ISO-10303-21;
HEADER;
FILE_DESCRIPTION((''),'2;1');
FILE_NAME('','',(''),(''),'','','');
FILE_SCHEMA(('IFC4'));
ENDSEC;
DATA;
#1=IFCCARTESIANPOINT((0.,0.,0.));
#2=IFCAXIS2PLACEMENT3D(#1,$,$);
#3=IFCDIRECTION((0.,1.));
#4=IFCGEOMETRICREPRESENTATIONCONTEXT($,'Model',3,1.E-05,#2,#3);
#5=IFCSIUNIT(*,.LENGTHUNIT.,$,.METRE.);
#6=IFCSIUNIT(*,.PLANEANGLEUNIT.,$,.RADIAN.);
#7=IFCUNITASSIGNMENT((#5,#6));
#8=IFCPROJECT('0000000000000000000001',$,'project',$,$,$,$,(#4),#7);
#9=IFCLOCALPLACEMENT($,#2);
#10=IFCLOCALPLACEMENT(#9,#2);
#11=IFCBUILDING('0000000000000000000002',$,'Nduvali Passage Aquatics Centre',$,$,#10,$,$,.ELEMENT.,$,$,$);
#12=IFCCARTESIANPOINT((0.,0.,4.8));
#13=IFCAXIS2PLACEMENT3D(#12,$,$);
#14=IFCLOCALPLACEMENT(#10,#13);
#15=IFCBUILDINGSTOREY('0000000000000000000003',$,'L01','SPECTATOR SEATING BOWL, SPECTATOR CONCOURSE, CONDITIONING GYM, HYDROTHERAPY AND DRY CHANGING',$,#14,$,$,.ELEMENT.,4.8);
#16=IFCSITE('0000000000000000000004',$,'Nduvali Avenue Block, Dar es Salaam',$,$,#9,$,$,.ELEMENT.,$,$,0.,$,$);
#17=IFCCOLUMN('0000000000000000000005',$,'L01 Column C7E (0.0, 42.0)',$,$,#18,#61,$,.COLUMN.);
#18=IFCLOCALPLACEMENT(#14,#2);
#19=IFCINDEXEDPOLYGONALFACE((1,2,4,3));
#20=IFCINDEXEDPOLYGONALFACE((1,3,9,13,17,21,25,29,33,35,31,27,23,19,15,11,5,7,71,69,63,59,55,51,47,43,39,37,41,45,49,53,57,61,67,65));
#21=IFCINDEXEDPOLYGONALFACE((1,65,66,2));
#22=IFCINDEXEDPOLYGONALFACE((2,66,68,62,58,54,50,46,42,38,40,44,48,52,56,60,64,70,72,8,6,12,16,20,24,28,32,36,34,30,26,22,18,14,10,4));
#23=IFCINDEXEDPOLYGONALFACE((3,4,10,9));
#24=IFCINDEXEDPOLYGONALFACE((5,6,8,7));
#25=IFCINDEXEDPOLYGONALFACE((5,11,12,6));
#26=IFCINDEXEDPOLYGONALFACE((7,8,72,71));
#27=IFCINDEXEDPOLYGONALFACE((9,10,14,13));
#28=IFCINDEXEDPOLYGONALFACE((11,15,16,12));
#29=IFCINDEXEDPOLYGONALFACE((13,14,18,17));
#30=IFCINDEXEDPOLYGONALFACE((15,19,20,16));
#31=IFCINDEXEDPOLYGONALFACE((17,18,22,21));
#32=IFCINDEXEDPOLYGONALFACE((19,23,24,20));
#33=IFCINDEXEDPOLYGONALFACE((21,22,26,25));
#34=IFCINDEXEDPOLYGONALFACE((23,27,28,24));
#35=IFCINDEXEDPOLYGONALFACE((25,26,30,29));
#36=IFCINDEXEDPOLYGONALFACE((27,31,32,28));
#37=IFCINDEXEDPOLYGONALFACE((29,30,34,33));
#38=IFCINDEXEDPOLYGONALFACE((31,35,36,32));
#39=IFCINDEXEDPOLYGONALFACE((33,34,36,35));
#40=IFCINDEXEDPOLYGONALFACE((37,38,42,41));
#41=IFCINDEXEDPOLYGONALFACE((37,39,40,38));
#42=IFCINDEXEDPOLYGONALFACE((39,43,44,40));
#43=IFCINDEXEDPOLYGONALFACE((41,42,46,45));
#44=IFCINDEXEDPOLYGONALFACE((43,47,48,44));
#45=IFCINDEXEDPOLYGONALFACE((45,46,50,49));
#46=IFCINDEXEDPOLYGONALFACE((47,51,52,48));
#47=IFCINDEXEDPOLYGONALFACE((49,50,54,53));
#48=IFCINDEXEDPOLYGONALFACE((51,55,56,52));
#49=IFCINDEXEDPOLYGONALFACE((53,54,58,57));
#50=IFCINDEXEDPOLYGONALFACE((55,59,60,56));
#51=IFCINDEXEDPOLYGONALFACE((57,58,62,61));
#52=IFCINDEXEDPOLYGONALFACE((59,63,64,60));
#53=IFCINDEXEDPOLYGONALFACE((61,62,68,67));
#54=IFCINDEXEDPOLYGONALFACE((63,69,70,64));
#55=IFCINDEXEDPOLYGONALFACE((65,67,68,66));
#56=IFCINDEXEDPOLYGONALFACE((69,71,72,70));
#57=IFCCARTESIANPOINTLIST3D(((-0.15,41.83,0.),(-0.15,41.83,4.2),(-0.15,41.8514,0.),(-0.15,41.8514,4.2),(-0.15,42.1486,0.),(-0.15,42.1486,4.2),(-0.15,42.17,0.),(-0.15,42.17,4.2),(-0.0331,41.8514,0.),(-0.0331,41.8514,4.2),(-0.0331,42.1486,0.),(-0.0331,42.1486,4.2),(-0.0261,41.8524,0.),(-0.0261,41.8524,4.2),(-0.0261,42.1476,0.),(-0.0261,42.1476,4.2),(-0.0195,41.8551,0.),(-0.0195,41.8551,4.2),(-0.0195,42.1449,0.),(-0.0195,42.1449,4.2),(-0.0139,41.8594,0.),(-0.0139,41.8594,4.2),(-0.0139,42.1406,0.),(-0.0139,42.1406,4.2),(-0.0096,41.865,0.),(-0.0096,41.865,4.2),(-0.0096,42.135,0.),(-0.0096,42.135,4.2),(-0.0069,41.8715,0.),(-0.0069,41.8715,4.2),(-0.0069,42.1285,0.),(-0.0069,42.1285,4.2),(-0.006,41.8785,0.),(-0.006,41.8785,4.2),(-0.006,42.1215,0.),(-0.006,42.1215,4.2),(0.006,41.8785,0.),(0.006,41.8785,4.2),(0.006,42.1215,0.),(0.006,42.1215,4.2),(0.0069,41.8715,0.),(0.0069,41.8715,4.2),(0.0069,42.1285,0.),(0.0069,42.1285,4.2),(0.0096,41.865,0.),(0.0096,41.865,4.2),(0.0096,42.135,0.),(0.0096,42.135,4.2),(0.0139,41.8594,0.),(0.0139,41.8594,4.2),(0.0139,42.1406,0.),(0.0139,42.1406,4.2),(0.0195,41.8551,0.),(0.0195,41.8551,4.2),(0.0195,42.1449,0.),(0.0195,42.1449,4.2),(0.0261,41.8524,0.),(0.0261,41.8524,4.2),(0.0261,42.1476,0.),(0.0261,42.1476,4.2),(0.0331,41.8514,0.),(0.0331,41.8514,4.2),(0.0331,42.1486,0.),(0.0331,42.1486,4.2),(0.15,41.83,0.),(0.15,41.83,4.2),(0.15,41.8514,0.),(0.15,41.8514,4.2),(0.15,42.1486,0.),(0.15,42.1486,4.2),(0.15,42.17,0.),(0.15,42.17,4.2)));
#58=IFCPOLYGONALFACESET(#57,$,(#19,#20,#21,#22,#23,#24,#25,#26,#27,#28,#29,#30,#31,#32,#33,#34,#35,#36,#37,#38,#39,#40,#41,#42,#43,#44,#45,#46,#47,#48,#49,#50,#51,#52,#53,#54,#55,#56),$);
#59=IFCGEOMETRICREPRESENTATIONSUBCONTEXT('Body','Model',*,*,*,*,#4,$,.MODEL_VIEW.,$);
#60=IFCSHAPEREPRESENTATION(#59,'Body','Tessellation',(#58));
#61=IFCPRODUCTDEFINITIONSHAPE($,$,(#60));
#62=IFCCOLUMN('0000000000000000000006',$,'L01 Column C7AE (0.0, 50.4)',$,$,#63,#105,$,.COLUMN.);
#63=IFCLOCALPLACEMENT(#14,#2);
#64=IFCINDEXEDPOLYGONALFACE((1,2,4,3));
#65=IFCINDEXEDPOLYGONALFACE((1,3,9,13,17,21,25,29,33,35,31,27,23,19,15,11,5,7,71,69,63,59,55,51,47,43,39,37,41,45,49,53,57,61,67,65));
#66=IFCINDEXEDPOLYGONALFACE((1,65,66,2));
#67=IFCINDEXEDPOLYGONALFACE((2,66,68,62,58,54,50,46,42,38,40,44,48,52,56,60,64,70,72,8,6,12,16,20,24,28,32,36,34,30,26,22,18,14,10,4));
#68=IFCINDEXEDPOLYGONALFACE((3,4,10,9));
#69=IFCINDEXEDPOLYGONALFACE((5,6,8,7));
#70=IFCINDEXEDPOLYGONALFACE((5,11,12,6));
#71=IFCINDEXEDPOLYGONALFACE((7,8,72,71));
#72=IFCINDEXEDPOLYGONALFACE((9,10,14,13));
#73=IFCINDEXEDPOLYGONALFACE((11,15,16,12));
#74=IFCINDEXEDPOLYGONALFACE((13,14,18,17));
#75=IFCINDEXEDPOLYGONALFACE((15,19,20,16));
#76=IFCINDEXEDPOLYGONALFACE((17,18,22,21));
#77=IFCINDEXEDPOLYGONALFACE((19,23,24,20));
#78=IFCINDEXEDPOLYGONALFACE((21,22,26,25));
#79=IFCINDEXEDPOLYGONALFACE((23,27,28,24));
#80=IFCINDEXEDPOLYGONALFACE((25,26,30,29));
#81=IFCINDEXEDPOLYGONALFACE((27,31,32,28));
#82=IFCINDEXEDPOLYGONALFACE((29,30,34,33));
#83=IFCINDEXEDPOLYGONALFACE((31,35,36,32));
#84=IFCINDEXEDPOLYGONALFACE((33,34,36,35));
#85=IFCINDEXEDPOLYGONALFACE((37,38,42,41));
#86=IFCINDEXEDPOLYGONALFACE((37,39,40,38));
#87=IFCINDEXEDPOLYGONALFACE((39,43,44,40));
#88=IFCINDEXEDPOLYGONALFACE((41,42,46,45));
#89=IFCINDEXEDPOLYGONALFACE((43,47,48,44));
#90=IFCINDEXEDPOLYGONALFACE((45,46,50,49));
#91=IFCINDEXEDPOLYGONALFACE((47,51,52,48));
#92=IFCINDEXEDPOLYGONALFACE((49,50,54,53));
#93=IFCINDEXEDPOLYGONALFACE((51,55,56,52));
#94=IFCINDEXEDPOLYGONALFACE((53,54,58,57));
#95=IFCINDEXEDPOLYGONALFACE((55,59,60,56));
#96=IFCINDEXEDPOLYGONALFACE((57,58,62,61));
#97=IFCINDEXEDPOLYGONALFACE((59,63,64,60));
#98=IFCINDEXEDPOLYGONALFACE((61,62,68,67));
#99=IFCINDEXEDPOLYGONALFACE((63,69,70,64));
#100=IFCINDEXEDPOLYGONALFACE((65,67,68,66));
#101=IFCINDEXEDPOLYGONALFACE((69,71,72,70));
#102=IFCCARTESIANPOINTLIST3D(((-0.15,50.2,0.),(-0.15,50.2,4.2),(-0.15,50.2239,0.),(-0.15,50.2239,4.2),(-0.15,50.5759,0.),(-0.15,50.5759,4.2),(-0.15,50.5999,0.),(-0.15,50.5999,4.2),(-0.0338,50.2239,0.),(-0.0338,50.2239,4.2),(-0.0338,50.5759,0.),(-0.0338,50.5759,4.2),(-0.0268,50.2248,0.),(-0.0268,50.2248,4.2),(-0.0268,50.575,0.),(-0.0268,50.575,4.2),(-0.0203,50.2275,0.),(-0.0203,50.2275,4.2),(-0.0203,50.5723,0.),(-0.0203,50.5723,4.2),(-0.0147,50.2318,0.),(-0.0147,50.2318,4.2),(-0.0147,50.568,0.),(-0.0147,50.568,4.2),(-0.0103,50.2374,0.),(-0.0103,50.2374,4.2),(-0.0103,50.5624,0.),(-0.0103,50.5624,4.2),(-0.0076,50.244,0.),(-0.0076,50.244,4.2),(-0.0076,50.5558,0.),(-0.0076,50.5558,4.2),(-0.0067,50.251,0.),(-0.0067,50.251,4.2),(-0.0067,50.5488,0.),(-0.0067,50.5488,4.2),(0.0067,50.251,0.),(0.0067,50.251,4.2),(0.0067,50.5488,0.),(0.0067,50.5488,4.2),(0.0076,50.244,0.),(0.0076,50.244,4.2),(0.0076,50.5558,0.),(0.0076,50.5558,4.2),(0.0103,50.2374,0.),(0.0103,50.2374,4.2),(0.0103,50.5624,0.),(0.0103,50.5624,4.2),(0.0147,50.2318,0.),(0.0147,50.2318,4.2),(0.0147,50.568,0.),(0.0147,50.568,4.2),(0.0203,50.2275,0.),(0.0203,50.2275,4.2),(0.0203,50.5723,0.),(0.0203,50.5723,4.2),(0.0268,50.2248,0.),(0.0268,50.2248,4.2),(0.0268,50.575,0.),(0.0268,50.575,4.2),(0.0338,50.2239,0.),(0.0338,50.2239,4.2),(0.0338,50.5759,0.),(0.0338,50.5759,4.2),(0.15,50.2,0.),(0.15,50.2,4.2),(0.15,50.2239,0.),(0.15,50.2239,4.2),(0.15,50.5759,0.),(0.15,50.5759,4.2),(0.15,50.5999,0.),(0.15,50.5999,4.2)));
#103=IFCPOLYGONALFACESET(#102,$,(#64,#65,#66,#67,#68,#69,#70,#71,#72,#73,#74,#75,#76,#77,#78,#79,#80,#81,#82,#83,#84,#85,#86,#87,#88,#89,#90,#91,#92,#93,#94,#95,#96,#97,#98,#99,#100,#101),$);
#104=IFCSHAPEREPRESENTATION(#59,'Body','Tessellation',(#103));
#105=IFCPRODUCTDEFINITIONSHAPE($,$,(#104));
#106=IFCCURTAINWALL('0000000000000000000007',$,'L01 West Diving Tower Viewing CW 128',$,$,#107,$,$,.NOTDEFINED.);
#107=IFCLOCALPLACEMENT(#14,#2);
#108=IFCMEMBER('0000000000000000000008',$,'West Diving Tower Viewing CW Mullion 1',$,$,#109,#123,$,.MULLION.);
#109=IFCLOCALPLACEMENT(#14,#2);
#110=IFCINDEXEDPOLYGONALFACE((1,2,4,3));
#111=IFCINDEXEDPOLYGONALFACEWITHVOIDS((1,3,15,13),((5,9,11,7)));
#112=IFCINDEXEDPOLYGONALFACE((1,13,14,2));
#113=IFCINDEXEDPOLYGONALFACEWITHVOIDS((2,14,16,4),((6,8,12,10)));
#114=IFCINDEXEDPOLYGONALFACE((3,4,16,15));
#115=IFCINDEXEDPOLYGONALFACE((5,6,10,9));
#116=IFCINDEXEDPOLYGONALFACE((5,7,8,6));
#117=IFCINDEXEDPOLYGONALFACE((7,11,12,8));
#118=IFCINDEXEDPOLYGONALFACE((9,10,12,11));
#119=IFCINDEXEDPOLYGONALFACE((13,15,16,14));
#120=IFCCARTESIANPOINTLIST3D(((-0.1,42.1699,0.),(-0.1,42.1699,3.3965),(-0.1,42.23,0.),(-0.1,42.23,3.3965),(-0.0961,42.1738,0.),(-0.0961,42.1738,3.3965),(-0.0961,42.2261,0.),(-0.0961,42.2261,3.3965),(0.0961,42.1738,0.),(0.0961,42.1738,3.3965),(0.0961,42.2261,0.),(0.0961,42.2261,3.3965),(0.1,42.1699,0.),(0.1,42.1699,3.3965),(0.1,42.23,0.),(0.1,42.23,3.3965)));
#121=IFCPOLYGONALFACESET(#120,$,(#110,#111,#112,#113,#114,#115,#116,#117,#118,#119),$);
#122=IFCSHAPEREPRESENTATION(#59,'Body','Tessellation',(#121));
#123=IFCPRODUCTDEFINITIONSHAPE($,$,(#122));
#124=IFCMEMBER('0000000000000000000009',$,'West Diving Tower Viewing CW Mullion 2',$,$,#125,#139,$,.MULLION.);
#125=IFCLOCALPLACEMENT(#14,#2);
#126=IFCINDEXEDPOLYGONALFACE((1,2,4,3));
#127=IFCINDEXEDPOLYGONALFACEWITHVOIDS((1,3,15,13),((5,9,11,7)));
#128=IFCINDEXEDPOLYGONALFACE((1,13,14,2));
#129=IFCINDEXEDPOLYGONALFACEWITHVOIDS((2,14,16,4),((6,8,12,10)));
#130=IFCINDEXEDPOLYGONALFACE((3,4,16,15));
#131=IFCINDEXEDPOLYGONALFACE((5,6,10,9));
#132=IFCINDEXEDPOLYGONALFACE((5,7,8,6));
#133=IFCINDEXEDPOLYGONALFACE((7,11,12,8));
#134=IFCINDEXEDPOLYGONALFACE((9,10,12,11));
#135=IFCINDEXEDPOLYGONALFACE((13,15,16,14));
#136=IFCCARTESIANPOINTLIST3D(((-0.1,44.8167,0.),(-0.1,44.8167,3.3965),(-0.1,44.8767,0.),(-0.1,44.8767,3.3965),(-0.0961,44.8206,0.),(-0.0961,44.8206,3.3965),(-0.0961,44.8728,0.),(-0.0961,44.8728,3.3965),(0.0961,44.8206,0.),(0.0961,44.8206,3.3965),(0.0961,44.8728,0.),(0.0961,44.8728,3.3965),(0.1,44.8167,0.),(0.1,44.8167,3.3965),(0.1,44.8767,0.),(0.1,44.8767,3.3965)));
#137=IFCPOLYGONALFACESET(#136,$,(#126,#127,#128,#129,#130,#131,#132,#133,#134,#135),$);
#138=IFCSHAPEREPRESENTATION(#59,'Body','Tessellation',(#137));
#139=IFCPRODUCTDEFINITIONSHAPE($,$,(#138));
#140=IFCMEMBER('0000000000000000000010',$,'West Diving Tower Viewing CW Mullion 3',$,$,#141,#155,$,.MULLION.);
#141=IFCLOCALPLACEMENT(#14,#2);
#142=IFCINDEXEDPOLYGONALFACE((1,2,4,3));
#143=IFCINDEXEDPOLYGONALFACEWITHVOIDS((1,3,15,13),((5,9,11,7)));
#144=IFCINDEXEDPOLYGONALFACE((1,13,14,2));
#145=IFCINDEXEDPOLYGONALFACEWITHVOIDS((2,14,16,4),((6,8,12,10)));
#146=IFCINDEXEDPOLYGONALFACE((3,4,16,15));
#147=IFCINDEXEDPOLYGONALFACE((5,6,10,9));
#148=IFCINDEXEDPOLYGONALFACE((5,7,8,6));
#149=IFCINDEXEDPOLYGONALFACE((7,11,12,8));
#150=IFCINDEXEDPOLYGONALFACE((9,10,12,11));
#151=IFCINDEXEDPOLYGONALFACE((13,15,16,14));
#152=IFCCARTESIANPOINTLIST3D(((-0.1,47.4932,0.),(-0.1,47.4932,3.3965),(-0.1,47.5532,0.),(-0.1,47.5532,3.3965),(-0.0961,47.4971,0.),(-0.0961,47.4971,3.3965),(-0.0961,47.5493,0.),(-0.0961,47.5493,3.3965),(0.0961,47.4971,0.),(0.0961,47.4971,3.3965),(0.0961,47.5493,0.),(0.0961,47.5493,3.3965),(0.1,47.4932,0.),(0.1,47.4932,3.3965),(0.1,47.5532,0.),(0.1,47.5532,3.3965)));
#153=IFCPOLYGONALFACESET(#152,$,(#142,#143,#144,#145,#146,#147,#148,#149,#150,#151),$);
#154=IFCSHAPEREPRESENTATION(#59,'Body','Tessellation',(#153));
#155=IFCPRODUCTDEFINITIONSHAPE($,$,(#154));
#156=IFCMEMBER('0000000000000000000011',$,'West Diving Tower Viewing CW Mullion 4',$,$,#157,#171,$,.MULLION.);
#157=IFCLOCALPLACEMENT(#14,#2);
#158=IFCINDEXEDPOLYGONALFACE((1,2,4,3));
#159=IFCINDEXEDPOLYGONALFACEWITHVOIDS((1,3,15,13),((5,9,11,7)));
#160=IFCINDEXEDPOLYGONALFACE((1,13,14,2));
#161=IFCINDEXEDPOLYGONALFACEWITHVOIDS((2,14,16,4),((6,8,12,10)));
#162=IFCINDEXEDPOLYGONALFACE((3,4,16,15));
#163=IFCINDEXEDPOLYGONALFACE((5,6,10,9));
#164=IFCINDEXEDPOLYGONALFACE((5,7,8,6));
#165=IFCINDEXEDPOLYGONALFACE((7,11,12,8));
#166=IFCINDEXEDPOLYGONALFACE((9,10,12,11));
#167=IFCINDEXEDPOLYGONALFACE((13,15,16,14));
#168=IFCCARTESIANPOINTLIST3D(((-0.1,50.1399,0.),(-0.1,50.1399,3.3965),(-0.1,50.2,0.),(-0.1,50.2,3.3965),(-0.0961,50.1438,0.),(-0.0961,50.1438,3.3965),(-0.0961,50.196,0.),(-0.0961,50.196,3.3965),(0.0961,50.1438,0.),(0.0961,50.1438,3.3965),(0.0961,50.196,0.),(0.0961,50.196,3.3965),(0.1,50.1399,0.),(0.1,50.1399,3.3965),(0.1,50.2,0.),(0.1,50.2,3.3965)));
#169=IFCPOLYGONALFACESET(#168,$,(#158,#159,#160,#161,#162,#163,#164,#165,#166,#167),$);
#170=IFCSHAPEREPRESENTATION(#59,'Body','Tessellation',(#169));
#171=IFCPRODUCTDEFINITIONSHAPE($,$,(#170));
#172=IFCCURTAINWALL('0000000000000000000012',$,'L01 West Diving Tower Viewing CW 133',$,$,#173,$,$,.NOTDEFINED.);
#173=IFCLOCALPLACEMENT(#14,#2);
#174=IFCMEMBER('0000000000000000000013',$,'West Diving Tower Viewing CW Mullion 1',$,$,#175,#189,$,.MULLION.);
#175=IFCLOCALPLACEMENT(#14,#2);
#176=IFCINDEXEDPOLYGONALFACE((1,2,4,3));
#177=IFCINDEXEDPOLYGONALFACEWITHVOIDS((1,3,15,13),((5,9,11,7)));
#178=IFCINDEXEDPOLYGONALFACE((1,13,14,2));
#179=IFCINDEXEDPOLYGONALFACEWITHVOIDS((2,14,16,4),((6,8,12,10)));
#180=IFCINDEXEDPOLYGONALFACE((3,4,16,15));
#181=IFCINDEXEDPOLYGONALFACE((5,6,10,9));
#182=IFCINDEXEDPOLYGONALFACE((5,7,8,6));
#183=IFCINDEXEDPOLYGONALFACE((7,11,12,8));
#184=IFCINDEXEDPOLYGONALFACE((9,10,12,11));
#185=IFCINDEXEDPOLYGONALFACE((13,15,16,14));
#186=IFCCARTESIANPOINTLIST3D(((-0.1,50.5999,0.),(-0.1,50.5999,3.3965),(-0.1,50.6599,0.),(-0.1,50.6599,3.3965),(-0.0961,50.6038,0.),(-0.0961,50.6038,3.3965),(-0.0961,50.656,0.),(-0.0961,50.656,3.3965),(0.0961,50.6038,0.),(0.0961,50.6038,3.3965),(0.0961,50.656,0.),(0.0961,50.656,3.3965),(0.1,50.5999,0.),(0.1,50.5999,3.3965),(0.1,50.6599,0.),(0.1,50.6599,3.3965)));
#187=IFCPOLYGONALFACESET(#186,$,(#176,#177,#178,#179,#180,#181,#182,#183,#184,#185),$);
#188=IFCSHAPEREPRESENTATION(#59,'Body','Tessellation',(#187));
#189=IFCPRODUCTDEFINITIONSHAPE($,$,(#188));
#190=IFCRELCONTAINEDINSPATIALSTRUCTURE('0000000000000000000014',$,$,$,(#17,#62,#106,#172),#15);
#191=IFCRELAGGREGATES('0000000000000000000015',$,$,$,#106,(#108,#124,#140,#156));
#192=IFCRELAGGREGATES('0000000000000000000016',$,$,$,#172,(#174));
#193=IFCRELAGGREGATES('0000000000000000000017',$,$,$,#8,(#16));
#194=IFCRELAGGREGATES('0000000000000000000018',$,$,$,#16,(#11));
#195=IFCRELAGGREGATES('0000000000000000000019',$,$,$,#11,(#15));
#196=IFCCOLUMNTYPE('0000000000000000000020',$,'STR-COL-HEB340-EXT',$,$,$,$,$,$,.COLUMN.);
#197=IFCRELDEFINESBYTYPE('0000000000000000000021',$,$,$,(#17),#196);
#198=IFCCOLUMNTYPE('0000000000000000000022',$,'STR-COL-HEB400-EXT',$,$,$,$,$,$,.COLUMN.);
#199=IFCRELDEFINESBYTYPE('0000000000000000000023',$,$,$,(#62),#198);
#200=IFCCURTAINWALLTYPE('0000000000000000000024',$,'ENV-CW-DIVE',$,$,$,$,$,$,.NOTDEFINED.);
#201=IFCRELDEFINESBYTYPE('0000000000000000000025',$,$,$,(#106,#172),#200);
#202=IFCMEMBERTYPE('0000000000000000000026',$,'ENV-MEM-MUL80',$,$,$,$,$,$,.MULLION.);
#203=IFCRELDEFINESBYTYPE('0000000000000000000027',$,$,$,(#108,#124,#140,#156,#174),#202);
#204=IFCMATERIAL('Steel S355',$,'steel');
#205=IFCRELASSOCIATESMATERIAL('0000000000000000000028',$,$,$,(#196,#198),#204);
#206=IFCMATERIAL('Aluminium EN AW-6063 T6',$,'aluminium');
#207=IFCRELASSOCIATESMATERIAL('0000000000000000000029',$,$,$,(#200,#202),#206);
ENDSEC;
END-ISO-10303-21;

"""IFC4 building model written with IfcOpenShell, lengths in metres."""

from ifc_helpers import new_model, si_unit, direction, frame, origin, origin_2d, place, context, subcontext, project, spatial, hollow_rectangle, i_section, extrude, material, material_profile, profile_set, type_object, element, aggregate, save


model = new_model("IFC4")

# Units and contexts
model_context = context("Model", 3, precision=1e-05, world=origin(), true_north=direction((0.0, 1.0)))
body_context = subcontext(model_context, "Body", "Model", "MODEL_VIEW")
ifc_project = project(units=[si_unit("LENGTHUNIT", "METRE"), si_unit("PLANEANGLEUNIT", "RADIAN")], contexts=[model_context])

# Site, building, storey
site_placement = place(None, origin())
site = spatial("IfcSite", under=ifc_project, at=site_placement, Name="Nduvali Avenue Block, Dar es Salaam", CompositionType="ELEMENT", RefElevation=0.0)
building_placement = place(site_placement, origin())
building = spatial("IfcBuilding", under=site, at=building_placement, Name="Nduvali Passage Aquatics Centre", CompositionType="ELEMENT")
storey_placement = place(building_placement, frame((0.0, 0.0, 4.8)))
storey = spatial("IfcBuildingStorey", under=building, at=storey_placement, Name="L01", Description="SPECTATOR SEATING BOWL, SPECTATOR CONCOURSE, CONDITIONING GYM, HYDROTHERAPY AND DRY CHANGING", CompositionType="ELEMENT", Elevation=4.8)

# Columns
ifc_material_1 = material(Name="Steel S355", Category="steel")
ifc_material_profile_1 = material_profile(ifc_material_1, i_section(OverallWidth=0.3, OverallDepth=0.3401, WebThickness=0.012, FlangeThickness=0.0215, FilletRadius=0.0271, at=origin_2d()), Name="HEB 340")
ifc_profile_set_1 = profile_set([ifc_material_profile_1], Name="Steel S355")
column_type_1 = type_object("IfcColumnType", Name="STR-COL-HEB340-EXT", PredefinedType="COLUMN", material=ifc_profile_set_1)
column_1_placement = place(storey_placement, frame((0.0, 42.0, 0.0), z_axis=(0.0, 0.0, 1.0), x_axis=(1.0, 0.0, 0.0)))
element("IfcColumn", 1, at=column_1_placement, inside=storey, type_object=column_type_1, Name="L01 Column C7E (0.0, 42.0)", PredefinedType="COLUMN", context=body_context, shape_type="SweptSolid", body=[
    extrude(i_section(OverallWidth=0.3, OverallDepth=0.3401, WebThickness=0.012, FlangeThickness=0.0215, FilletRadius=0.0271, at=origin_2d()), origin(), (0.0, 0.0, 1.0), 4.2),
])
ifc_material_profile_2 = material_profile(ifc_material_1, i_section(OverallWidth=0.3, OverallDepth=0.3999, WebThickness=0.0134, FlangeThickness=0.0239, FilletRadius=0.0271, at=origin_2d()), Name="HEB 400")
ifc_profile_set_2 = profile_set([ifc_material_profile_2], Name="Steel S355")
column_type_2 = type_object("IfcColumnType", Name="STR-COL-HEB400-EXT", PredefinedType="COLUMN", material=ifc_profile_set_2)
column_2_placement = place(storey_placement, frame((0.0, 50.3999, 0.0), z_axis=(0.0, 0.0, 1.0), x_axis=(1.0, 0.0, 0.0)))
element("IfcColumn", 2, at=column_2_placement, inside=storey, type_object=column_type_2, Name="L01 Column C7AE (0.0, 50.4)", PredefinedType="COLUMN", context=body_context, shape_type="SweptSolid", body=[
    extrude(i_section(OverallWidth=0.3, OverallDepth=0.3999, WebThickness=0.0134, FlangeThickness=0.0239, FilletRadius=0.0271, at=origin_2d()), origin(), (0.0, 0.0, 1.0), 4.2),
])

# Curtain walls, members
ifc_material_2 = material(Name="Aluminium EN AW-6063 T6", Category="aluminium")
curtain_wall_type = type_object("IfcCurtainWallType", Name="ENV-CW-DIVE", PredefinedType="NOTDEFINED", material=ifc_material_2)
curtain_wall_1_placement = place(storey_placement, origin())
curtain_wall_1 = element("IfcCurtainWall", 3, at=curtain_wall_1_placement, inside=storey, type_object=curtain_wall_type, Name="L01 West Diving Tower Viewing CW 128", PredefinedType="NOTDEFINED")
ifc_material_profile_3 = material_profile(ifc_material_2, hollow_rectangle(XDim=0.0601, YDim=0.2, WallThickness=0.0039, at=origin_2d()), Name="ALU MULLION 60x200x4")
ifc_profile_set_3 = profile_set([ifc_material_profile_3], Name="Aluminium EN AW-6063 T6")
member_type_1 = type_object("IfcMemberType", Name="ENV-MEM-MUL80", PredefinedType="MULLION", material=ifc_profile_set_3)
member_1_placement = place(storey_placement, frame((0.0, 42.2, 0.0), z_axis=(0.0, 0.0, 1.0), x_axis=(0.0, 1.0, 0.0)))
member_1 = element("IfcMember", 4, at=member_1_placement, type_object=member_type_1, Name="West Diving Tower Viewing CW Mullion 1", PredefinedType="MULLION", context=body_context, shape_type="SweptSolid", body=[
    extrude(hollow_rectangle(XDim=0.0601, YDim=0.2, WallThickness=0.0039, at=origin_2d()), origin(), (0.0, 0.0, 1.0), 3.3965),
])
member_2_placement = place(storey_placement, frame((0.0, 44.8467, 0.0), z_axis=(0.0, 0.0, 1.0), x_axis=(0.0, 1.0, 0.0)))
member_2 = element("IfcMember", 5, at=member_2_placement, type_object=member_type_1, Name="West Diving Tower Viewing CW Mullion 2", PredefinedType="MULLION", context=body_context, shape_type="SweptSolid", body=[
    extrude(hollow_rectangle(XDim=0.0601, YDim=0.2, WallThickness=0.0039, at=origin_2d()), origin(), (0.0, 0.0, 1.0), 3.3965),
])
member_3_placement = place(storey_placement, frame((0.0, 47.5232, 0.0), z_axis=(0.0, 0.0, 1.0), x_axis=(0.0, 1.0, 0.0)))
member_3 = element("IfcMember", 6, at=member_3_placement, type_object=member_type_1, Name="West Diving Tower Viewing CW Mullion 3", PredefinedType="MULLION", context=body_context, shape_type="SweptSolid", body=[
    extrude(hollow_rectangle(XDim=0.0601, YDim=0.2, WallThickness=0.0039, at=origin_2d()), origin(), (0.0, 0.0, 1.0), 3.3965),
])
member_4_placement = place(storey_placement, frame((0.0, 50.1699, 0.0), z_axis=(0.0, 0.0, 1.0), x_axis=(0.0, 1.0, 0.0)))
member_4 = element("IfcMember", 7, at=member_4_placement, type_object=member_type_1, Name="West Diving Tower Viewing CW Mullion 4", PredefinedType="MULLION", context=body_context, shape_type="SweptSolid", body=[
    extrude(hollow_rectangle(XDim=0.0601, YDim=0.2, WallThickness=0.0039, at=origin_2d()), origin(), (0.0, 0.0, 1.0), 3.3965),
])
curtain_wall_2_placement = place(storey_placement, origin())
curtain_wall_2 = element("IfcCurtainWall", 8, at=curtain_wall_2_placement, inside=storey, type_object=curtain_wall_type, Name="L01 West Diving Tower Viewing CW 133", PredefinedType="NOTDEFINED")
member_5_placement = place(storey_placement, frame((0.0, 50.6299, 0.0), z_axis=(0.0, 0.0, 1.0), x_axis=(0.0, 1.0, 0.0)))
member_5 = element("IfcMember", 9, at=member_5_placement, type_object=member_type_1, Name="West Diving Tower Viewing CW Mullion 1", PredefinedType="MULLION", context=body_context, shape_type="SweptSolid", body=[
    extrude(hollow_rectangle(XDim=0.0601, YDim=0.2, WallThickness=0.0039, at=origin_2d()), origin(), (0.0, 0.0, 1.0), 3.3965),
])

aggregate(curtain_wall_1, [member_1, member_2, member_3, member_4])
aggregate(curtain_wall_2, [member_5])

save(model, "model.ifc")
